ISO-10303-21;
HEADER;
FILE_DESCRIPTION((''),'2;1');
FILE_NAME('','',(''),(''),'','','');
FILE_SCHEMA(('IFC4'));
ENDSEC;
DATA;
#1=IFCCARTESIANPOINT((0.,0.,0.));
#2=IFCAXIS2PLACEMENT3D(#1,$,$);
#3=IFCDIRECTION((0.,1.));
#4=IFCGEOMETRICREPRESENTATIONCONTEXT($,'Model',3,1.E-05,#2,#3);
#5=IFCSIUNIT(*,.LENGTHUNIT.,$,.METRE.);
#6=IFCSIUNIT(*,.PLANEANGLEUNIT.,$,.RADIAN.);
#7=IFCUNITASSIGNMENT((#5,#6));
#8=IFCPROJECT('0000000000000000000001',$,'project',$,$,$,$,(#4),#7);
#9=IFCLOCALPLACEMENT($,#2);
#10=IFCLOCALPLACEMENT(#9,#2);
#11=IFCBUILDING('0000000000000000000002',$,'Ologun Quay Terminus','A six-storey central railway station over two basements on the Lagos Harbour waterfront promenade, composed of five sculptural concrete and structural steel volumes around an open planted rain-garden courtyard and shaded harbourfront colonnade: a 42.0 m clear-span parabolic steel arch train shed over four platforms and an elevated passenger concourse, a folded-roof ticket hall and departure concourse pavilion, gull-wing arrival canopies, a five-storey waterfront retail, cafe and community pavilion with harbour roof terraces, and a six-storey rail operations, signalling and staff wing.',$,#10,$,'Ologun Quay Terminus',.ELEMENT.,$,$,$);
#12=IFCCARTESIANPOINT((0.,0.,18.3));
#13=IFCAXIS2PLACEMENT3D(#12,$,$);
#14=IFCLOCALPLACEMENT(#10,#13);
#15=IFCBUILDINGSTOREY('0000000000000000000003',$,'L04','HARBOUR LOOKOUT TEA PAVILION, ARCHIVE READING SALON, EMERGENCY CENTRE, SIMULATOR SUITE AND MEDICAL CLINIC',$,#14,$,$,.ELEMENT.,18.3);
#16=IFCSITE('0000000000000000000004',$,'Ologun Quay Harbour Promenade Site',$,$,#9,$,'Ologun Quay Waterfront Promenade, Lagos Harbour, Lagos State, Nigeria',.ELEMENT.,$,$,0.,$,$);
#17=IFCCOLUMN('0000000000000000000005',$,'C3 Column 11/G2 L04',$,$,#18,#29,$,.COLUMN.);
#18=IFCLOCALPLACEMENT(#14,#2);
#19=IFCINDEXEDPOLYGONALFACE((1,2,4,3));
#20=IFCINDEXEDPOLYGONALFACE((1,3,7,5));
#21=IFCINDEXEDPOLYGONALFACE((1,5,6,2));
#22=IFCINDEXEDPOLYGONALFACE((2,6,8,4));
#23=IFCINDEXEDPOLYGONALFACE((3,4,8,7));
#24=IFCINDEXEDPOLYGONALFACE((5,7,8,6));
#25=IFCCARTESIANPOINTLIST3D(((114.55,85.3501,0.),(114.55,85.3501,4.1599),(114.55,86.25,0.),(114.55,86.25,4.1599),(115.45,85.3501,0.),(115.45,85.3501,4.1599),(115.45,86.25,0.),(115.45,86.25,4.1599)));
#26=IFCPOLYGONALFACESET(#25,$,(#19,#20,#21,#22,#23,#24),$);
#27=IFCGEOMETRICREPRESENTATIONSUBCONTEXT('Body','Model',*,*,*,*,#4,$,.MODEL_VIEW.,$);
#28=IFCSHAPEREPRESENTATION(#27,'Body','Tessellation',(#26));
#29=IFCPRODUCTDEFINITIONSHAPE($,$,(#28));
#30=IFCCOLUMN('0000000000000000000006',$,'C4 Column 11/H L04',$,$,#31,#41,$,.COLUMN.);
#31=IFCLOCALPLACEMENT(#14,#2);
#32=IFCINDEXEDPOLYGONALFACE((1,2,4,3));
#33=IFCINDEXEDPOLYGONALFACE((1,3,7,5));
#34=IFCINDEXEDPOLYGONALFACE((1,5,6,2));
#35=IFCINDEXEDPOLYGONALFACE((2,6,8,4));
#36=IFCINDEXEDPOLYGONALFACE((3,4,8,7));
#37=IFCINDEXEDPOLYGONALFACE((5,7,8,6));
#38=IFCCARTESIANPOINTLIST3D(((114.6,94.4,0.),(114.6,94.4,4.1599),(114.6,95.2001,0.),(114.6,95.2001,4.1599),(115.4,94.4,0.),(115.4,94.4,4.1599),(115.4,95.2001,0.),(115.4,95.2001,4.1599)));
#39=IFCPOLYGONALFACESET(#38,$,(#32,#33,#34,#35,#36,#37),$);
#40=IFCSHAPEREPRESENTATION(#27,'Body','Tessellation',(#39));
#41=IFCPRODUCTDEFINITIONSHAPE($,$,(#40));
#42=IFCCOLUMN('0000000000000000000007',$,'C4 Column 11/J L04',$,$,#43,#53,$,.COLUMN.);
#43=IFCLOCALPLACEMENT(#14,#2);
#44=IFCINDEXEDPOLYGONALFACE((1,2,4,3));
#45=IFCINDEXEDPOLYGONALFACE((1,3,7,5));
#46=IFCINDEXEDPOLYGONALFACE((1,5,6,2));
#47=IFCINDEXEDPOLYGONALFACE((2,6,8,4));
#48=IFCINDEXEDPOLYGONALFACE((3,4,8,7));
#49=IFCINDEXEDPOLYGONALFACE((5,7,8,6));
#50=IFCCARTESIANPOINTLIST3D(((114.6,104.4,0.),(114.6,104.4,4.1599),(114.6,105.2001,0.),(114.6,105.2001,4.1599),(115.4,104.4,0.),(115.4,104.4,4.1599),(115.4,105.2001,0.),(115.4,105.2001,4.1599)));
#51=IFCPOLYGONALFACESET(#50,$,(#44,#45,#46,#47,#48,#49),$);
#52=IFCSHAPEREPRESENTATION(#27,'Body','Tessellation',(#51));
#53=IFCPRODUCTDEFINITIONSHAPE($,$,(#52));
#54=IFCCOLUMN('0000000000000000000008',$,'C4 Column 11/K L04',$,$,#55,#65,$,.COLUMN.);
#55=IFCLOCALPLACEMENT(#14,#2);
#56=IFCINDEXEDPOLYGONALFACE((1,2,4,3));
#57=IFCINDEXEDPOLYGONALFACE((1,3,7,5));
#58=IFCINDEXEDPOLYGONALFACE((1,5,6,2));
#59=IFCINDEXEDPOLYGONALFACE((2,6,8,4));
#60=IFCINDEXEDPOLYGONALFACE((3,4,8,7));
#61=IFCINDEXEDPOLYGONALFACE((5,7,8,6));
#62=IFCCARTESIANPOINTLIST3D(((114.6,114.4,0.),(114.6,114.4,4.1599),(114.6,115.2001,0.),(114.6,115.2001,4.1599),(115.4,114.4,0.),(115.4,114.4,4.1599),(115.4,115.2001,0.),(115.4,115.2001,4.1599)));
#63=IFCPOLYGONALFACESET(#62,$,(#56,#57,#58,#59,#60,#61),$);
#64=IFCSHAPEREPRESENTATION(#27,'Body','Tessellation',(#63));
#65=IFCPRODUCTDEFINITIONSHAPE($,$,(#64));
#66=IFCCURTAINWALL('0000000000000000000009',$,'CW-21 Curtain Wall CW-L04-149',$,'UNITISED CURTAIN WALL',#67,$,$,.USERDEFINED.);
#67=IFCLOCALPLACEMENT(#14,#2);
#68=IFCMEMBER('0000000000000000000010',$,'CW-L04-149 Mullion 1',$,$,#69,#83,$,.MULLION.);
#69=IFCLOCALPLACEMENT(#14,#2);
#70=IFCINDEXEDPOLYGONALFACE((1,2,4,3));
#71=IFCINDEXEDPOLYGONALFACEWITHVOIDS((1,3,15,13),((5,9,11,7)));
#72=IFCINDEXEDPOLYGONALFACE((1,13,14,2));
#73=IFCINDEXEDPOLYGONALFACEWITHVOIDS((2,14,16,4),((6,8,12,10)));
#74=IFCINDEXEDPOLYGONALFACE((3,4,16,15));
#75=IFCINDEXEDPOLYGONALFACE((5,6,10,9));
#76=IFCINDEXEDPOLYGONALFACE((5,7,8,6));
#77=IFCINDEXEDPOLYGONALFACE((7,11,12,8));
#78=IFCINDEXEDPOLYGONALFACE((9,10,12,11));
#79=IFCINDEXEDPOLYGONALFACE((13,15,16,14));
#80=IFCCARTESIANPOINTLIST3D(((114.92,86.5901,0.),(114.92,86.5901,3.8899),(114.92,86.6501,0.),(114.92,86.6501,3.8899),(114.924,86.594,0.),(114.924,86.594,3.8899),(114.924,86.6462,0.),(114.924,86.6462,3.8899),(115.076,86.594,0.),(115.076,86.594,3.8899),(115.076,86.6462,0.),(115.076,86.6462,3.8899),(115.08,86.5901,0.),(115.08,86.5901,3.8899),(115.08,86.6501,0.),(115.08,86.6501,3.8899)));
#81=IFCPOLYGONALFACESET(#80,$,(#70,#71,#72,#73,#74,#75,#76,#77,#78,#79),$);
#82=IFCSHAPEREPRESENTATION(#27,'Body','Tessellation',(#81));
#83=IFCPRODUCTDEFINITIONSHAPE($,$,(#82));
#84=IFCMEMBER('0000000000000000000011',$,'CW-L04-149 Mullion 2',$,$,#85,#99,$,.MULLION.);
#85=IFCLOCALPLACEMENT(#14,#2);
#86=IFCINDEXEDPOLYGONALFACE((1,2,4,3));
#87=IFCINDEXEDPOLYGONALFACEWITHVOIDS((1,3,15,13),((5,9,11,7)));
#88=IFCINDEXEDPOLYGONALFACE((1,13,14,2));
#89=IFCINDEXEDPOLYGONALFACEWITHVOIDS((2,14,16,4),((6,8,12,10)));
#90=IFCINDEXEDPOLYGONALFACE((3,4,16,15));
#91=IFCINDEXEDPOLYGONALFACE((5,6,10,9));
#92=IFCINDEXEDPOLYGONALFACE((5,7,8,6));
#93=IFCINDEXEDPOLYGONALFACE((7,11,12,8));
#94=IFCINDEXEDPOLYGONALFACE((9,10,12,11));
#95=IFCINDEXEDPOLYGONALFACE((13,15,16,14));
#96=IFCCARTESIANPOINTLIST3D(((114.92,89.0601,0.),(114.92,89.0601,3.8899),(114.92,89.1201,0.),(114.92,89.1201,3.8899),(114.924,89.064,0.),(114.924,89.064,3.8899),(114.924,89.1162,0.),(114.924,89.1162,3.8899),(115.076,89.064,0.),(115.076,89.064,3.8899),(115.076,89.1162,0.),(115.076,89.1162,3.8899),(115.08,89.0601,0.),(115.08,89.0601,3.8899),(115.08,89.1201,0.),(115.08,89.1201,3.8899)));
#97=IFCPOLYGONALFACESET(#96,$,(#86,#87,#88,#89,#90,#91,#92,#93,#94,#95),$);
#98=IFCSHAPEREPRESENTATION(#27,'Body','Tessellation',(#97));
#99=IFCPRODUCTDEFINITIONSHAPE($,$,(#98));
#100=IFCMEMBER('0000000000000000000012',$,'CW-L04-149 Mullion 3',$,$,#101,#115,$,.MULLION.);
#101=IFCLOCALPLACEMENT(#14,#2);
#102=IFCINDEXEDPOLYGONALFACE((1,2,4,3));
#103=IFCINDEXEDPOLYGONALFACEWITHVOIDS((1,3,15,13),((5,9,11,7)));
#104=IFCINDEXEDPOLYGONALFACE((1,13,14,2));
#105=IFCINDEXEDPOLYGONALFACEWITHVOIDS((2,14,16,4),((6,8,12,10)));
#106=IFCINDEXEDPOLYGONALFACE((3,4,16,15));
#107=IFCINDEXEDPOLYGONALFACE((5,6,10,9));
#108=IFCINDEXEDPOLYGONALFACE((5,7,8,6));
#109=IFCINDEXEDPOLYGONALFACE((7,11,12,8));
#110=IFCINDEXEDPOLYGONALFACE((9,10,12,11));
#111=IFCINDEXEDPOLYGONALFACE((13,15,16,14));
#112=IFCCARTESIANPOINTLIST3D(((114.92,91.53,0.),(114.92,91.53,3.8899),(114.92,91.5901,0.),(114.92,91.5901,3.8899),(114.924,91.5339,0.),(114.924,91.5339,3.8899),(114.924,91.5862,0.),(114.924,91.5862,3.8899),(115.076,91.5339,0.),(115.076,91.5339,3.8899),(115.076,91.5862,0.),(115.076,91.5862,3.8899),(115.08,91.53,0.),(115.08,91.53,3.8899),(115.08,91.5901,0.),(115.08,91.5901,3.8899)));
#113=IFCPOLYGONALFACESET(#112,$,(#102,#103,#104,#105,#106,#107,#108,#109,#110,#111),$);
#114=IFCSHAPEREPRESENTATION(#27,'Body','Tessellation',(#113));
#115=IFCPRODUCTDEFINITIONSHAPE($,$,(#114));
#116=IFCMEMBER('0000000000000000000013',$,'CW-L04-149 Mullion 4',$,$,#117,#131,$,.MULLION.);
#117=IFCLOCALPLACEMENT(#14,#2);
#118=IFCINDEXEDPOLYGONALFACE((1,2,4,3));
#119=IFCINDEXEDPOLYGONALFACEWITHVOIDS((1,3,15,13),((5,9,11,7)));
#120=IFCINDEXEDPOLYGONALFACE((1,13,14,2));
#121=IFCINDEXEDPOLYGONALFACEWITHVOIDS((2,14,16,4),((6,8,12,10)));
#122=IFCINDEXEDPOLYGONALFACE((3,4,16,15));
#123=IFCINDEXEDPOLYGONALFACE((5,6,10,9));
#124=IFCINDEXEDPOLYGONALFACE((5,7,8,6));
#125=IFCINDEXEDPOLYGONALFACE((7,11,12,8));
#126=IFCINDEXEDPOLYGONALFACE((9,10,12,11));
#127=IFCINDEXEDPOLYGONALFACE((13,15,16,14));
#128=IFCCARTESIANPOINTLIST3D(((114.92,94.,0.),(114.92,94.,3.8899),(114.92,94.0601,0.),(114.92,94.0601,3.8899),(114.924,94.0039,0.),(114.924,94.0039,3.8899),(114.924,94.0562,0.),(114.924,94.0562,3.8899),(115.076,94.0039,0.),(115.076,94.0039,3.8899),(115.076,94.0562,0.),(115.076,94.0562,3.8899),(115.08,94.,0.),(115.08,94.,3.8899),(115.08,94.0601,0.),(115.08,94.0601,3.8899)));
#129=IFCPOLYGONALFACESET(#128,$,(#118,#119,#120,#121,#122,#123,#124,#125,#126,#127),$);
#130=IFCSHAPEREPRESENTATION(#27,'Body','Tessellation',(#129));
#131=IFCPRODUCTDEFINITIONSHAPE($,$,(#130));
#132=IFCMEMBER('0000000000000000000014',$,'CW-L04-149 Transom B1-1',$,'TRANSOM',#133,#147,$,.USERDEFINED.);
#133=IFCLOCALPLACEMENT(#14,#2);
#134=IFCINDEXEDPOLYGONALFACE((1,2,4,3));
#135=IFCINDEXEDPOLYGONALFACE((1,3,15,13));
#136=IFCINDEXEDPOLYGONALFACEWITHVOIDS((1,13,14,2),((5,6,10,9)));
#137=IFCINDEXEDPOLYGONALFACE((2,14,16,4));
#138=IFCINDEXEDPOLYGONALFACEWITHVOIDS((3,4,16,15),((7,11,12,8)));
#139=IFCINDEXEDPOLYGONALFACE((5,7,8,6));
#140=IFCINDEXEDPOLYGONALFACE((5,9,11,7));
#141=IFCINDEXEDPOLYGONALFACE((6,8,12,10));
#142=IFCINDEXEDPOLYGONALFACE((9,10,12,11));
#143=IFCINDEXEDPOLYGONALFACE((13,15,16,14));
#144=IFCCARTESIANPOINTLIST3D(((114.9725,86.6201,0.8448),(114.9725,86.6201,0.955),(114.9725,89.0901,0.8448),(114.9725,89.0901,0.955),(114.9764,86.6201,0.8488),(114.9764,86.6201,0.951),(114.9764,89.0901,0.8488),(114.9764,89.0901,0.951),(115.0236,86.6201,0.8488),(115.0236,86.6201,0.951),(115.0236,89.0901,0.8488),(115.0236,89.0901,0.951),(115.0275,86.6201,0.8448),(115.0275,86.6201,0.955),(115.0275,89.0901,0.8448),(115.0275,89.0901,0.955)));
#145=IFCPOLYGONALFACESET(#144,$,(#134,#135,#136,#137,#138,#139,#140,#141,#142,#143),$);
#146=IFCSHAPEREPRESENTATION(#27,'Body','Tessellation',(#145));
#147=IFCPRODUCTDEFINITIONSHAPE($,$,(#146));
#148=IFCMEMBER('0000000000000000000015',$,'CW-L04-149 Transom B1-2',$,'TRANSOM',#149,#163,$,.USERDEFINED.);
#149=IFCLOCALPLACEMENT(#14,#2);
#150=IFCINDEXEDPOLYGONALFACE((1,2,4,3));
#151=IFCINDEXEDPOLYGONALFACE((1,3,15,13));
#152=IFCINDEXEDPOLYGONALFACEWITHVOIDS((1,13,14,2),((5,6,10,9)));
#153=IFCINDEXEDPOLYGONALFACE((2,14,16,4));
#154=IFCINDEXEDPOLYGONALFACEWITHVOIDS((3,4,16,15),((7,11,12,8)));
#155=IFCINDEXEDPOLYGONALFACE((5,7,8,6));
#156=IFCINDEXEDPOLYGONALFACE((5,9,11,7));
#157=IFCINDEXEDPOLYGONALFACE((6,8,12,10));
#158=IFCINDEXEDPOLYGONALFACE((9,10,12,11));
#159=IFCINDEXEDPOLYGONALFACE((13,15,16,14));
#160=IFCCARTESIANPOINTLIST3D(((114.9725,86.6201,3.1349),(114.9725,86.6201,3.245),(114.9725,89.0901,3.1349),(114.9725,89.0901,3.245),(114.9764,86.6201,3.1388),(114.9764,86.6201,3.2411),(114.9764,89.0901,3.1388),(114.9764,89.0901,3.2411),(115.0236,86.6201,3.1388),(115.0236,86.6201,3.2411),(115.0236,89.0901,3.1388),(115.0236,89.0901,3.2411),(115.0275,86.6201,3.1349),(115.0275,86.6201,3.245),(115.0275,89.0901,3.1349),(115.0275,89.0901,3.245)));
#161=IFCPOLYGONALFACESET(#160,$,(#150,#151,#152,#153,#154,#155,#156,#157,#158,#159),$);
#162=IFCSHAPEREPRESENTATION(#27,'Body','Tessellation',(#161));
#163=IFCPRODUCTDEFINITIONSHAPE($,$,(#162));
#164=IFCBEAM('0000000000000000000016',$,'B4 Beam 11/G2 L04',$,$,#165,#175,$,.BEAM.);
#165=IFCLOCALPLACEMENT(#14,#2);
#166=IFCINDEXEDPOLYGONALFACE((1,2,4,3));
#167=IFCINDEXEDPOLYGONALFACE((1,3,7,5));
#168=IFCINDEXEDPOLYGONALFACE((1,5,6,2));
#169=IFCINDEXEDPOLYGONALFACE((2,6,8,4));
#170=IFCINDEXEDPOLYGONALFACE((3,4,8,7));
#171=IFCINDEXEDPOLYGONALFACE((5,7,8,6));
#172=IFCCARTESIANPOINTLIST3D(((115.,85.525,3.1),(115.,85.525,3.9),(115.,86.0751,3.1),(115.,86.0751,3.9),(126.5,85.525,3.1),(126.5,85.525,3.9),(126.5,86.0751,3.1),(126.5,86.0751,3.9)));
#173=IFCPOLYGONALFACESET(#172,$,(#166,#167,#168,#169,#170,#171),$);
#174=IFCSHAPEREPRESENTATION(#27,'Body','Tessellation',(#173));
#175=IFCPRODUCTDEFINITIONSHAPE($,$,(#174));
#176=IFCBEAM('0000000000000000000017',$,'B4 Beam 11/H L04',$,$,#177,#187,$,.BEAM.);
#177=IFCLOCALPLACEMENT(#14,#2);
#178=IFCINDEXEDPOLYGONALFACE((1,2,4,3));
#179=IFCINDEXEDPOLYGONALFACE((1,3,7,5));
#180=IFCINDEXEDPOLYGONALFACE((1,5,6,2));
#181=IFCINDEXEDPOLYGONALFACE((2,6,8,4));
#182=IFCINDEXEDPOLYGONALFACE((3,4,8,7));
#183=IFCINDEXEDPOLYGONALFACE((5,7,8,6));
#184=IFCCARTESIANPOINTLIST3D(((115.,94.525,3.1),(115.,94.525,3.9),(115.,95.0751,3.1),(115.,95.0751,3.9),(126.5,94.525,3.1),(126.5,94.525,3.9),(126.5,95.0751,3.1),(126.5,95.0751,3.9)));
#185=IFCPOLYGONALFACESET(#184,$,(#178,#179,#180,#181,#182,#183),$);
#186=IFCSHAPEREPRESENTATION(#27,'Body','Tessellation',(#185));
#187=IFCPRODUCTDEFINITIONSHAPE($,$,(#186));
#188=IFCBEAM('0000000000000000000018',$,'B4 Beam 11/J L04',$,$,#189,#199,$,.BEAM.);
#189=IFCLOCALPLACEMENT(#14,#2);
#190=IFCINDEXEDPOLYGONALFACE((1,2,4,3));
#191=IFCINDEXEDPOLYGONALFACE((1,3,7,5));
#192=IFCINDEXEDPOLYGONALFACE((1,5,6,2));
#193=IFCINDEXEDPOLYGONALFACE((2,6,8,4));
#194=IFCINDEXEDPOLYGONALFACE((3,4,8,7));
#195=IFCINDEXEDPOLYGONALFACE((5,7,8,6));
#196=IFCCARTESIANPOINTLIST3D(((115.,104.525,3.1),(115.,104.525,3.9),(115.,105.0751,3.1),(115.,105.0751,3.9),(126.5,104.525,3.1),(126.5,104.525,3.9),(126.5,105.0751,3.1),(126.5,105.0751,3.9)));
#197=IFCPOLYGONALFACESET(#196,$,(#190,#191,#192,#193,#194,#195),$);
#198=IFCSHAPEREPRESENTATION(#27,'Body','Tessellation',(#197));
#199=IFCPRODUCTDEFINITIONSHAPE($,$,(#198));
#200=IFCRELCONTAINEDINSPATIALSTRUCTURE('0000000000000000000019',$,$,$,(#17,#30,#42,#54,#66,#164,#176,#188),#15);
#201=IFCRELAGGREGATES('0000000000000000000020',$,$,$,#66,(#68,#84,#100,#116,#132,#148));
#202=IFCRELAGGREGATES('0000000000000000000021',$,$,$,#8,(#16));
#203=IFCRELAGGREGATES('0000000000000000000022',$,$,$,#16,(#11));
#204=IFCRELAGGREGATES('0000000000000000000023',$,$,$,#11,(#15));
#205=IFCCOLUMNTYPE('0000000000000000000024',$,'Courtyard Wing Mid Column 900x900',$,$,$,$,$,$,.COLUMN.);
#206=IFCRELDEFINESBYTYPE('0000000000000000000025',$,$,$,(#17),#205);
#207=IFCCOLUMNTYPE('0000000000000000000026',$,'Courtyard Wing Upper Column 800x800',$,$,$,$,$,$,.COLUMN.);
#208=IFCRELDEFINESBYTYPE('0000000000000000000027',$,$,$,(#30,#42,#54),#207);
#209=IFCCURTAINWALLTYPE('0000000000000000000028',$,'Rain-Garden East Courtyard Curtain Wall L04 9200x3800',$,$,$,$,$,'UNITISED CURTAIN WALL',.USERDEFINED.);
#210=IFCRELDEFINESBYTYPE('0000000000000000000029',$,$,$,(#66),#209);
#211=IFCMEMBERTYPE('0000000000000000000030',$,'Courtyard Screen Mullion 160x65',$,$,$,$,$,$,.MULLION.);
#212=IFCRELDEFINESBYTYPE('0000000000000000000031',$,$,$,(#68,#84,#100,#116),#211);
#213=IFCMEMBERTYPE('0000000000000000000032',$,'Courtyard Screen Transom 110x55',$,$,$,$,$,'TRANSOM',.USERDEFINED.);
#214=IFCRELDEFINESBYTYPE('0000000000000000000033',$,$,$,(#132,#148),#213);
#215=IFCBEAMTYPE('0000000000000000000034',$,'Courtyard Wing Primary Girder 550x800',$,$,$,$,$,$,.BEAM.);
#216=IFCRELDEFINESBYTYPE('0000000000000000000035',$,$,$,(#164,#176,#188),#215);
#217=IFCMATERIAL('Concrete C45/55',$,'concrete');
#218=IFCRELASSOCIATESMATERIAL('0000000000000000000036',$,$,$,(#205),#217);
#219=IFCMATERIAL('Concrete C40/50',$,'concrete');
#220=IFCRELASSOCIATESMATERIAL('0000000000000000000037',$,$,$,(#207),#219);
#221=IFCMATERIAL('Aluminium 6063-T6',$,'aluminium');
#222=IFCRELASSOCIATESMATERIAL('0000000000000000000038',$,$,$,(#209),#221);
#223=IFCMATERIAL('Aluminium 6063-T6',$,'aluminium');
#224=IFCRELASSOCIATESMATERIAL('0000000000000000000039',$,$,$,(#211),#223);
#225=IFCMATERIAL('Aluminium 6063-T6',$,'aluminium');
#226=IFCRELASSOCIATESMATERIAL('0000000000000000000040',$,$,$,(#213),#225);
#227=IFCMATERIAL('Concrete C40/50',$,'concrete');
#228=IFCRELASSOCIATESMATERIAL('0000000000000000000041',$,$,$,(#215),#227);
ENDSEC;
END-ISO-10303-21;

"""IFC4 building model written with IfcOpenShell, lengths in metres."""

from ifc_helpers import new_model, si_unit, direction, frame, origin, origin_2d, place, context, subcontext, project, spatial, rectangle, hollow_rectangle, extrude, material, material_profile, profile_set, type_object, element, aggregate, save


model = new_model("IFC4")

# Units and contexts
model_context = context("Model", 3, precision=1e-05, world=origin(), true_north=direction((0.0, 1.0)))
body_context = subcontext(model_context, "Body", "Model", "MODEL_VIEW")
ifc_project = project(units=[si_unit("LENGTHUNIT", "METRE"), si_unit("PLANEANGLEUNIT", "RADIAN")], contexts=[model_context])

# Site, building, storey
site_placement = place(None, origin())
site = spatial("IfcSite", under=ifc_project, at=site_placement, Name="Ologun Quay Harbour Promenade Site", LongName="Ologun Quay Waterfront Promenade, Lagos Harbour, Lagos State, Nigeria", CompositionType="ELEMENT", RefElevation=0.0)
building_placement = place(site_placement, origin())
building = spatial("IfcBuilding", under=site, at=building_placement, Name="Ologun Quay Terminus", Description="A six-storey central railway station over two basements on the Lagos Harbour waterfront promenade, composed of five sculptural concrete and structural steel volumes around an open planted rain-garden courtyard and shaded harbourfront colonnade: a 42.0 m clear-span parabolic steel arch train shed over four platforms and an elevated passenger concourse, a folded-roof ticket hall and departure concourse pavilion, gull-wing arrival canopies, a five-storey waterfront retail, cafe and community pavilion with harbour roof terraces, and a six-storey rail operations, signalling and staff wing.", LongName="Ologun Quay Terminus", CompositionType="ELEMENT")
storey_placement = place(building_placement, frame((0.0, 0.0, 18.3)))
storey = spatial("IfcBuildingStorey", under=building, at=storey_placement, Name="L04", Description="HARBOUR LOOKOUT TEA PAVILION, ARCHIVE READING SALON, EMERGENCY CENTRE, SIMULATOR SUITE AND MEDICAL CLINIC", CompositionType="ELEMENT", Elevation=18.3)

# Columns
ifc_material_1 = material(Name="Concrete C45/55", Category="concrete")
ifc_material_profile_1 = material_profile(ifc_material_1, rectangle(XDim=0.8999, YDim=0.8999, at=origin_2d()), Name="RC 900x900")
ifc_profile_set_1 = profile_set([ifc_material_profile_1], Name="Concrete C45/55")
column_type_1 = type_object("IfcColumnType", Name="Courtyard Wing Mid Column 900x900", PredefinedType="COLUMN", material=ifc_profile_set_1)
column_placement = place(storey_placement, frame((115.0, 85.8, 0.0), z_axis=(0.0, 0.0, 1.0), x_axis=(1.0, 0.0, 0.0)))
element("IfcColumn", 1, at=column_placement, inside=storey, type_object=column_type_1, Name="C3 Column 11/G2 L04", PredefinedType="COLUMN", context=body_context, shape_type="SweptSolid", body=[
    extrude(rectangle(XDim=0.8999, YDim=0.8999, at=origin_2d()), origin(), (0.0, 0.0, 1.0), 4.1599),
])
ifc_material_2 = material(Name="Concrete C40/50", Category="concrete")
ifc_material_profile_2 = material_profile(ifc_material_2, rectangle(XDim=0.8, YDim=0.8, at=origin_2d()), Name="RC 800x800")
ifc_profile_set_2 = profile_set([ifc_material_profile_2], Name="Concrete C40/50")
column_type_2 = type_object("IfcColumnType", Name="Courtyard Wing Upper Column 800x800", PredefinedType="COLUMN", material=ifc_profile_set_2)
for number, where, z_axis, x_axis, name in (
    (2, (115.0, 94.8, 0.0), (0.0, 0.0, 1.0), (1.0, 0.0, 0.0), "C4 Column 11/H L04"),
    (3, (115.0, 104.8, 0.0), (0.0, 0.0, 1.0), (1.0, 0.0, 0.0), "C4 Column 11/J L04"),
    (4, (115.0, 114.8, 0.0), (0.0, 0.0, 1.0), (1.0, 0.0, 0.0), "C4 Column 11/K L04"),
):
    element("IfcColumn", number, at=place(storey_placement, frame(where, z_axis=z_axis, x_axis=x_axis)), inside=storey, type_object=column_type_2, Name=name, PredefinedType="COLUMN", context=body_context, shape_type="SweptSolid", body=[
        extrude(rectangle(XDim=0.8, YDim=0.8, at=origin_2d()), origin(), (0.0, 0.0, 1.0), 4.1599),
    ])

# Curtain wall, members
ifc_material_3 = material(Name="Aluminium 6063-T6", Category="aluminium")
curtain_wall_type = type_object("IfcCurtainWallType", Name="Rain-Garden East Courtyard Curtain Wall L04 9200x3800", ElementType="UNITISED CURTAIN WALL", PredefinedType="USERDEFINED", material=ifc_material_3)
curtain_wall_placement = place(storey_placement, origin())
curtain_wall = element("IfcCurtainWall", 5, at=curtain_wall_placement, inside=storey, type_object=curtain_wall_type, Name="CW-21 Curtain Wall CW-L04-149", ObjectType="UNITISED CURTAIN WALL", PredefinedType="USERDEFINED")
ifc_material_4 = material(Name="Aluminium 6063-T6", Category="aluminium")
ifc_material_profile_3 = material_profile(ifc_material_4, hollow_rectangle(XDim=0.0601, YDim=0.1599, WallThickness=0.0039, at=origin_2d()), Name="ALU 160x60x4")
ifc_profile_set_3 = profile_set([ifc_material_profile_3], Name="Aluminium 6063-T6")
member_type_1 = type_object("IfcMemberType", Name="Courtyard Screen Mullion 160x65", PredefinedType="MULLION", material=ifc_profile_set_3)
member_1_placement = place(storey_placement, frame((115.0, 86.6201, 0.0), z_axis=(0.0, 0.0, 1.0), x_axis=(0.0, 1.0, 0.0)))
member_1 = element("IfcMember", 6, at=member_1_placement, type_object=member_type_1, Name="CW-L04-149 Mullion 1", PredefinedType="MULLION", context=body_context, shape_type="SweptSolid", body=[
    extrude(hollow_rectangle(XDim=0.0601, YDim=0.1599, WallThickness=0.0039, at=origin_2d()), origin(), (0.0, 0.0, 1.0), 3.8899),
])
member_2_placement = place(storey_placement, frame((115.0, 89.0901, 0.0), z_axis=(0.0, 0.0, 1.0), x_axis=(0.0, 1.0, 0.0)))
member_2 = element("IfcMember", 7, at=member_2_placement, type_object=member_type_1, Name="CW-L04-149 Mullion 2", PredefinedType="MULLION", context=body_context, shape_type="SweptSolid", body=[
    extrude(hollow_rectangle(XDim=0.0601, YDim=0.1599, WallThickness=0.0039, at=origin_2d()), origin(), (0.0, 0.0, 1.0), 3.8899),
])
member_3_placement = place(storey_placement, frame((115.0, 91.5601, 0.0), z_axis=(0.0, 0.0, 1.0), x_axis=(0.0, 1.0, 0.0)))
member_3 = element("IfcMember", 8, at=member_3_placement, type_object=member_type_1, Name="CW-L04-149 Mullion 3", PredefinedType="MULLION", context=body_context, shape_type="SweptSolid", body=[
    extrude(hollow_rectangle(XDim=0.0601, YDim=0.1599, WallThickness=0.0039, at=origin_2d()), origin(), (0.0, 0.0, 1.0), 3.8899),
])
member_4_placement = place(storey_placement, frame((115.0, 94.03, 0.0), z_axis=(0.0, 0.0, 1.0), x_axis=(0.0, 1.0, 0.0)))
member_4 = element("IfcMember", 9, at=member_4_placement, type_object=member_type_1, Name="CW-L04-149 Mullion 4", PredefinedType="MULLION", context=body_context, shape_type="SweptSolid", body=[
    extrude(hollow_rectangle(XDim=0.0601, YDim=0.1599, WallThickness=0.0039, at=origin_2d()), origin(), (0.0, 0.0, 1.0), 3.8899),
])
ifc_material_5 = material(Name="Aluminium 6063-T6", Category="aluminium")
ifc_material_profile_4 = material_profile(ifc_material_5, hollow_rectangle(XDim=0.0549, YDim=0.1101, WallThickness=0.0039, at=origin_2d()), Name="ALU 110x55x4")
ifc_profile_set_4 = profile_set([ifc_material_profile_4], Name="Aluminium 6063-T6")
member_type_2 = type_object("IfcMemberType", Name="Courtyard Screen Transom 110x55", ElementType="TRANSOM", PredefinedType="USERDEFINED", material=ifc_profile_set_4)
member_5_placement = place(storey_placement, frame((115.0, 86.6201, 0.8999), z_axis=(0.0, 1.0, 0.0), x_axis=(-1.0, 0.0, 0.0)))
member_5 = element("IfcMember", 10, at=member_5_placement, type_object=member_type_2, Name="CW-L04-149 Transom B1-1", ObjectType="TRANSOM", PredefinedType="USERDEFINED", context=body_context, shape_type="SweptSolid", body=[
    extrude(hollow_rectangle(XDim=0.0549, YDim=0.1101, WallThickness=0.0039, at=origin_2d()), origin(), (0.0, 0.0, 1.0), 2.47),
])
member_6_placement = place(storey_placement, frame((115.0, 86.6201, 3.1899), z_axis=(0.0, 1.0, 0.0), x_axis=(-1.0, 0.0, 0.0)))
member_6 = element("IfcMember", 11, at=member_6_placement, type_object=member_type_2, Name="CW-L04-149 Transom B1-2", ObjectType="TRANSOM", PredefinedType="USERDEFINED", context=body_context, shape_type="SweptSolid", body=[
    extrude(hollow_rectangle(XDim=0.0549, YDim=0.1101, WallThickness=0.0039, at=origin_2d()), origin(), (0.0, 0.0, 1.0), 2.47),
])

# Beams
ifc_material_6 = material(Name="Concrete C40/50", Category="concrete")
ifc_material_profile_5 = material_profile(ifc_material_6, rectangle(XDim=0.55, YDim=0.8, at=origin_2d()), Name="RC 550x800")
ifc_profile_set_5 = profile_set([ifc_material_profile_5], Name="Concrete C40/50")
beam_type = type_object("IfcBeamType", Name="Courtyard Wing Primary Girder 550x800", PredefinedType="BEAM", material=ifc_profile_set_5)
for number, where, z_axis, x_axis, name in (
    (12, (115.0, 85.8, 3.5), (1.0, 0.0, 0.0), (0.0, 1.0, 0.0), "B4 Beam 11/G2 L04"),
    (13, (115.0, 94.8, 3.5), (1.0, 0.0, 0.0), (0.0, 1.0, 0.0), "B4 Beam 11/H L04"),
    (14, (115.0, 104.8, 3.5), (1.0, 0.0, 0.0), (0.0, 1.0, 0.0), "B4 Beam 11/J L04"),
):
    element("IfcBeam", number, at=place(storey_placement, frame(where, z_axis=z_axis, x_axis=x_axis)), inside=storey, type_object=beam_type, Name=name, PredefinedType="BEAM", context=body_context, shape_type="SweptSolid", body=[
        extrude(rectangle(XDim=0.55, YDim=0.8, at=origin_2d()), origin(), (0.0, 0.0, 1.0), 11.5),
    ])

aggregate(curtain_wall, [member_1, member_2, member_3, member_4, member_5, member_6])

save(model, "model.ifc")
